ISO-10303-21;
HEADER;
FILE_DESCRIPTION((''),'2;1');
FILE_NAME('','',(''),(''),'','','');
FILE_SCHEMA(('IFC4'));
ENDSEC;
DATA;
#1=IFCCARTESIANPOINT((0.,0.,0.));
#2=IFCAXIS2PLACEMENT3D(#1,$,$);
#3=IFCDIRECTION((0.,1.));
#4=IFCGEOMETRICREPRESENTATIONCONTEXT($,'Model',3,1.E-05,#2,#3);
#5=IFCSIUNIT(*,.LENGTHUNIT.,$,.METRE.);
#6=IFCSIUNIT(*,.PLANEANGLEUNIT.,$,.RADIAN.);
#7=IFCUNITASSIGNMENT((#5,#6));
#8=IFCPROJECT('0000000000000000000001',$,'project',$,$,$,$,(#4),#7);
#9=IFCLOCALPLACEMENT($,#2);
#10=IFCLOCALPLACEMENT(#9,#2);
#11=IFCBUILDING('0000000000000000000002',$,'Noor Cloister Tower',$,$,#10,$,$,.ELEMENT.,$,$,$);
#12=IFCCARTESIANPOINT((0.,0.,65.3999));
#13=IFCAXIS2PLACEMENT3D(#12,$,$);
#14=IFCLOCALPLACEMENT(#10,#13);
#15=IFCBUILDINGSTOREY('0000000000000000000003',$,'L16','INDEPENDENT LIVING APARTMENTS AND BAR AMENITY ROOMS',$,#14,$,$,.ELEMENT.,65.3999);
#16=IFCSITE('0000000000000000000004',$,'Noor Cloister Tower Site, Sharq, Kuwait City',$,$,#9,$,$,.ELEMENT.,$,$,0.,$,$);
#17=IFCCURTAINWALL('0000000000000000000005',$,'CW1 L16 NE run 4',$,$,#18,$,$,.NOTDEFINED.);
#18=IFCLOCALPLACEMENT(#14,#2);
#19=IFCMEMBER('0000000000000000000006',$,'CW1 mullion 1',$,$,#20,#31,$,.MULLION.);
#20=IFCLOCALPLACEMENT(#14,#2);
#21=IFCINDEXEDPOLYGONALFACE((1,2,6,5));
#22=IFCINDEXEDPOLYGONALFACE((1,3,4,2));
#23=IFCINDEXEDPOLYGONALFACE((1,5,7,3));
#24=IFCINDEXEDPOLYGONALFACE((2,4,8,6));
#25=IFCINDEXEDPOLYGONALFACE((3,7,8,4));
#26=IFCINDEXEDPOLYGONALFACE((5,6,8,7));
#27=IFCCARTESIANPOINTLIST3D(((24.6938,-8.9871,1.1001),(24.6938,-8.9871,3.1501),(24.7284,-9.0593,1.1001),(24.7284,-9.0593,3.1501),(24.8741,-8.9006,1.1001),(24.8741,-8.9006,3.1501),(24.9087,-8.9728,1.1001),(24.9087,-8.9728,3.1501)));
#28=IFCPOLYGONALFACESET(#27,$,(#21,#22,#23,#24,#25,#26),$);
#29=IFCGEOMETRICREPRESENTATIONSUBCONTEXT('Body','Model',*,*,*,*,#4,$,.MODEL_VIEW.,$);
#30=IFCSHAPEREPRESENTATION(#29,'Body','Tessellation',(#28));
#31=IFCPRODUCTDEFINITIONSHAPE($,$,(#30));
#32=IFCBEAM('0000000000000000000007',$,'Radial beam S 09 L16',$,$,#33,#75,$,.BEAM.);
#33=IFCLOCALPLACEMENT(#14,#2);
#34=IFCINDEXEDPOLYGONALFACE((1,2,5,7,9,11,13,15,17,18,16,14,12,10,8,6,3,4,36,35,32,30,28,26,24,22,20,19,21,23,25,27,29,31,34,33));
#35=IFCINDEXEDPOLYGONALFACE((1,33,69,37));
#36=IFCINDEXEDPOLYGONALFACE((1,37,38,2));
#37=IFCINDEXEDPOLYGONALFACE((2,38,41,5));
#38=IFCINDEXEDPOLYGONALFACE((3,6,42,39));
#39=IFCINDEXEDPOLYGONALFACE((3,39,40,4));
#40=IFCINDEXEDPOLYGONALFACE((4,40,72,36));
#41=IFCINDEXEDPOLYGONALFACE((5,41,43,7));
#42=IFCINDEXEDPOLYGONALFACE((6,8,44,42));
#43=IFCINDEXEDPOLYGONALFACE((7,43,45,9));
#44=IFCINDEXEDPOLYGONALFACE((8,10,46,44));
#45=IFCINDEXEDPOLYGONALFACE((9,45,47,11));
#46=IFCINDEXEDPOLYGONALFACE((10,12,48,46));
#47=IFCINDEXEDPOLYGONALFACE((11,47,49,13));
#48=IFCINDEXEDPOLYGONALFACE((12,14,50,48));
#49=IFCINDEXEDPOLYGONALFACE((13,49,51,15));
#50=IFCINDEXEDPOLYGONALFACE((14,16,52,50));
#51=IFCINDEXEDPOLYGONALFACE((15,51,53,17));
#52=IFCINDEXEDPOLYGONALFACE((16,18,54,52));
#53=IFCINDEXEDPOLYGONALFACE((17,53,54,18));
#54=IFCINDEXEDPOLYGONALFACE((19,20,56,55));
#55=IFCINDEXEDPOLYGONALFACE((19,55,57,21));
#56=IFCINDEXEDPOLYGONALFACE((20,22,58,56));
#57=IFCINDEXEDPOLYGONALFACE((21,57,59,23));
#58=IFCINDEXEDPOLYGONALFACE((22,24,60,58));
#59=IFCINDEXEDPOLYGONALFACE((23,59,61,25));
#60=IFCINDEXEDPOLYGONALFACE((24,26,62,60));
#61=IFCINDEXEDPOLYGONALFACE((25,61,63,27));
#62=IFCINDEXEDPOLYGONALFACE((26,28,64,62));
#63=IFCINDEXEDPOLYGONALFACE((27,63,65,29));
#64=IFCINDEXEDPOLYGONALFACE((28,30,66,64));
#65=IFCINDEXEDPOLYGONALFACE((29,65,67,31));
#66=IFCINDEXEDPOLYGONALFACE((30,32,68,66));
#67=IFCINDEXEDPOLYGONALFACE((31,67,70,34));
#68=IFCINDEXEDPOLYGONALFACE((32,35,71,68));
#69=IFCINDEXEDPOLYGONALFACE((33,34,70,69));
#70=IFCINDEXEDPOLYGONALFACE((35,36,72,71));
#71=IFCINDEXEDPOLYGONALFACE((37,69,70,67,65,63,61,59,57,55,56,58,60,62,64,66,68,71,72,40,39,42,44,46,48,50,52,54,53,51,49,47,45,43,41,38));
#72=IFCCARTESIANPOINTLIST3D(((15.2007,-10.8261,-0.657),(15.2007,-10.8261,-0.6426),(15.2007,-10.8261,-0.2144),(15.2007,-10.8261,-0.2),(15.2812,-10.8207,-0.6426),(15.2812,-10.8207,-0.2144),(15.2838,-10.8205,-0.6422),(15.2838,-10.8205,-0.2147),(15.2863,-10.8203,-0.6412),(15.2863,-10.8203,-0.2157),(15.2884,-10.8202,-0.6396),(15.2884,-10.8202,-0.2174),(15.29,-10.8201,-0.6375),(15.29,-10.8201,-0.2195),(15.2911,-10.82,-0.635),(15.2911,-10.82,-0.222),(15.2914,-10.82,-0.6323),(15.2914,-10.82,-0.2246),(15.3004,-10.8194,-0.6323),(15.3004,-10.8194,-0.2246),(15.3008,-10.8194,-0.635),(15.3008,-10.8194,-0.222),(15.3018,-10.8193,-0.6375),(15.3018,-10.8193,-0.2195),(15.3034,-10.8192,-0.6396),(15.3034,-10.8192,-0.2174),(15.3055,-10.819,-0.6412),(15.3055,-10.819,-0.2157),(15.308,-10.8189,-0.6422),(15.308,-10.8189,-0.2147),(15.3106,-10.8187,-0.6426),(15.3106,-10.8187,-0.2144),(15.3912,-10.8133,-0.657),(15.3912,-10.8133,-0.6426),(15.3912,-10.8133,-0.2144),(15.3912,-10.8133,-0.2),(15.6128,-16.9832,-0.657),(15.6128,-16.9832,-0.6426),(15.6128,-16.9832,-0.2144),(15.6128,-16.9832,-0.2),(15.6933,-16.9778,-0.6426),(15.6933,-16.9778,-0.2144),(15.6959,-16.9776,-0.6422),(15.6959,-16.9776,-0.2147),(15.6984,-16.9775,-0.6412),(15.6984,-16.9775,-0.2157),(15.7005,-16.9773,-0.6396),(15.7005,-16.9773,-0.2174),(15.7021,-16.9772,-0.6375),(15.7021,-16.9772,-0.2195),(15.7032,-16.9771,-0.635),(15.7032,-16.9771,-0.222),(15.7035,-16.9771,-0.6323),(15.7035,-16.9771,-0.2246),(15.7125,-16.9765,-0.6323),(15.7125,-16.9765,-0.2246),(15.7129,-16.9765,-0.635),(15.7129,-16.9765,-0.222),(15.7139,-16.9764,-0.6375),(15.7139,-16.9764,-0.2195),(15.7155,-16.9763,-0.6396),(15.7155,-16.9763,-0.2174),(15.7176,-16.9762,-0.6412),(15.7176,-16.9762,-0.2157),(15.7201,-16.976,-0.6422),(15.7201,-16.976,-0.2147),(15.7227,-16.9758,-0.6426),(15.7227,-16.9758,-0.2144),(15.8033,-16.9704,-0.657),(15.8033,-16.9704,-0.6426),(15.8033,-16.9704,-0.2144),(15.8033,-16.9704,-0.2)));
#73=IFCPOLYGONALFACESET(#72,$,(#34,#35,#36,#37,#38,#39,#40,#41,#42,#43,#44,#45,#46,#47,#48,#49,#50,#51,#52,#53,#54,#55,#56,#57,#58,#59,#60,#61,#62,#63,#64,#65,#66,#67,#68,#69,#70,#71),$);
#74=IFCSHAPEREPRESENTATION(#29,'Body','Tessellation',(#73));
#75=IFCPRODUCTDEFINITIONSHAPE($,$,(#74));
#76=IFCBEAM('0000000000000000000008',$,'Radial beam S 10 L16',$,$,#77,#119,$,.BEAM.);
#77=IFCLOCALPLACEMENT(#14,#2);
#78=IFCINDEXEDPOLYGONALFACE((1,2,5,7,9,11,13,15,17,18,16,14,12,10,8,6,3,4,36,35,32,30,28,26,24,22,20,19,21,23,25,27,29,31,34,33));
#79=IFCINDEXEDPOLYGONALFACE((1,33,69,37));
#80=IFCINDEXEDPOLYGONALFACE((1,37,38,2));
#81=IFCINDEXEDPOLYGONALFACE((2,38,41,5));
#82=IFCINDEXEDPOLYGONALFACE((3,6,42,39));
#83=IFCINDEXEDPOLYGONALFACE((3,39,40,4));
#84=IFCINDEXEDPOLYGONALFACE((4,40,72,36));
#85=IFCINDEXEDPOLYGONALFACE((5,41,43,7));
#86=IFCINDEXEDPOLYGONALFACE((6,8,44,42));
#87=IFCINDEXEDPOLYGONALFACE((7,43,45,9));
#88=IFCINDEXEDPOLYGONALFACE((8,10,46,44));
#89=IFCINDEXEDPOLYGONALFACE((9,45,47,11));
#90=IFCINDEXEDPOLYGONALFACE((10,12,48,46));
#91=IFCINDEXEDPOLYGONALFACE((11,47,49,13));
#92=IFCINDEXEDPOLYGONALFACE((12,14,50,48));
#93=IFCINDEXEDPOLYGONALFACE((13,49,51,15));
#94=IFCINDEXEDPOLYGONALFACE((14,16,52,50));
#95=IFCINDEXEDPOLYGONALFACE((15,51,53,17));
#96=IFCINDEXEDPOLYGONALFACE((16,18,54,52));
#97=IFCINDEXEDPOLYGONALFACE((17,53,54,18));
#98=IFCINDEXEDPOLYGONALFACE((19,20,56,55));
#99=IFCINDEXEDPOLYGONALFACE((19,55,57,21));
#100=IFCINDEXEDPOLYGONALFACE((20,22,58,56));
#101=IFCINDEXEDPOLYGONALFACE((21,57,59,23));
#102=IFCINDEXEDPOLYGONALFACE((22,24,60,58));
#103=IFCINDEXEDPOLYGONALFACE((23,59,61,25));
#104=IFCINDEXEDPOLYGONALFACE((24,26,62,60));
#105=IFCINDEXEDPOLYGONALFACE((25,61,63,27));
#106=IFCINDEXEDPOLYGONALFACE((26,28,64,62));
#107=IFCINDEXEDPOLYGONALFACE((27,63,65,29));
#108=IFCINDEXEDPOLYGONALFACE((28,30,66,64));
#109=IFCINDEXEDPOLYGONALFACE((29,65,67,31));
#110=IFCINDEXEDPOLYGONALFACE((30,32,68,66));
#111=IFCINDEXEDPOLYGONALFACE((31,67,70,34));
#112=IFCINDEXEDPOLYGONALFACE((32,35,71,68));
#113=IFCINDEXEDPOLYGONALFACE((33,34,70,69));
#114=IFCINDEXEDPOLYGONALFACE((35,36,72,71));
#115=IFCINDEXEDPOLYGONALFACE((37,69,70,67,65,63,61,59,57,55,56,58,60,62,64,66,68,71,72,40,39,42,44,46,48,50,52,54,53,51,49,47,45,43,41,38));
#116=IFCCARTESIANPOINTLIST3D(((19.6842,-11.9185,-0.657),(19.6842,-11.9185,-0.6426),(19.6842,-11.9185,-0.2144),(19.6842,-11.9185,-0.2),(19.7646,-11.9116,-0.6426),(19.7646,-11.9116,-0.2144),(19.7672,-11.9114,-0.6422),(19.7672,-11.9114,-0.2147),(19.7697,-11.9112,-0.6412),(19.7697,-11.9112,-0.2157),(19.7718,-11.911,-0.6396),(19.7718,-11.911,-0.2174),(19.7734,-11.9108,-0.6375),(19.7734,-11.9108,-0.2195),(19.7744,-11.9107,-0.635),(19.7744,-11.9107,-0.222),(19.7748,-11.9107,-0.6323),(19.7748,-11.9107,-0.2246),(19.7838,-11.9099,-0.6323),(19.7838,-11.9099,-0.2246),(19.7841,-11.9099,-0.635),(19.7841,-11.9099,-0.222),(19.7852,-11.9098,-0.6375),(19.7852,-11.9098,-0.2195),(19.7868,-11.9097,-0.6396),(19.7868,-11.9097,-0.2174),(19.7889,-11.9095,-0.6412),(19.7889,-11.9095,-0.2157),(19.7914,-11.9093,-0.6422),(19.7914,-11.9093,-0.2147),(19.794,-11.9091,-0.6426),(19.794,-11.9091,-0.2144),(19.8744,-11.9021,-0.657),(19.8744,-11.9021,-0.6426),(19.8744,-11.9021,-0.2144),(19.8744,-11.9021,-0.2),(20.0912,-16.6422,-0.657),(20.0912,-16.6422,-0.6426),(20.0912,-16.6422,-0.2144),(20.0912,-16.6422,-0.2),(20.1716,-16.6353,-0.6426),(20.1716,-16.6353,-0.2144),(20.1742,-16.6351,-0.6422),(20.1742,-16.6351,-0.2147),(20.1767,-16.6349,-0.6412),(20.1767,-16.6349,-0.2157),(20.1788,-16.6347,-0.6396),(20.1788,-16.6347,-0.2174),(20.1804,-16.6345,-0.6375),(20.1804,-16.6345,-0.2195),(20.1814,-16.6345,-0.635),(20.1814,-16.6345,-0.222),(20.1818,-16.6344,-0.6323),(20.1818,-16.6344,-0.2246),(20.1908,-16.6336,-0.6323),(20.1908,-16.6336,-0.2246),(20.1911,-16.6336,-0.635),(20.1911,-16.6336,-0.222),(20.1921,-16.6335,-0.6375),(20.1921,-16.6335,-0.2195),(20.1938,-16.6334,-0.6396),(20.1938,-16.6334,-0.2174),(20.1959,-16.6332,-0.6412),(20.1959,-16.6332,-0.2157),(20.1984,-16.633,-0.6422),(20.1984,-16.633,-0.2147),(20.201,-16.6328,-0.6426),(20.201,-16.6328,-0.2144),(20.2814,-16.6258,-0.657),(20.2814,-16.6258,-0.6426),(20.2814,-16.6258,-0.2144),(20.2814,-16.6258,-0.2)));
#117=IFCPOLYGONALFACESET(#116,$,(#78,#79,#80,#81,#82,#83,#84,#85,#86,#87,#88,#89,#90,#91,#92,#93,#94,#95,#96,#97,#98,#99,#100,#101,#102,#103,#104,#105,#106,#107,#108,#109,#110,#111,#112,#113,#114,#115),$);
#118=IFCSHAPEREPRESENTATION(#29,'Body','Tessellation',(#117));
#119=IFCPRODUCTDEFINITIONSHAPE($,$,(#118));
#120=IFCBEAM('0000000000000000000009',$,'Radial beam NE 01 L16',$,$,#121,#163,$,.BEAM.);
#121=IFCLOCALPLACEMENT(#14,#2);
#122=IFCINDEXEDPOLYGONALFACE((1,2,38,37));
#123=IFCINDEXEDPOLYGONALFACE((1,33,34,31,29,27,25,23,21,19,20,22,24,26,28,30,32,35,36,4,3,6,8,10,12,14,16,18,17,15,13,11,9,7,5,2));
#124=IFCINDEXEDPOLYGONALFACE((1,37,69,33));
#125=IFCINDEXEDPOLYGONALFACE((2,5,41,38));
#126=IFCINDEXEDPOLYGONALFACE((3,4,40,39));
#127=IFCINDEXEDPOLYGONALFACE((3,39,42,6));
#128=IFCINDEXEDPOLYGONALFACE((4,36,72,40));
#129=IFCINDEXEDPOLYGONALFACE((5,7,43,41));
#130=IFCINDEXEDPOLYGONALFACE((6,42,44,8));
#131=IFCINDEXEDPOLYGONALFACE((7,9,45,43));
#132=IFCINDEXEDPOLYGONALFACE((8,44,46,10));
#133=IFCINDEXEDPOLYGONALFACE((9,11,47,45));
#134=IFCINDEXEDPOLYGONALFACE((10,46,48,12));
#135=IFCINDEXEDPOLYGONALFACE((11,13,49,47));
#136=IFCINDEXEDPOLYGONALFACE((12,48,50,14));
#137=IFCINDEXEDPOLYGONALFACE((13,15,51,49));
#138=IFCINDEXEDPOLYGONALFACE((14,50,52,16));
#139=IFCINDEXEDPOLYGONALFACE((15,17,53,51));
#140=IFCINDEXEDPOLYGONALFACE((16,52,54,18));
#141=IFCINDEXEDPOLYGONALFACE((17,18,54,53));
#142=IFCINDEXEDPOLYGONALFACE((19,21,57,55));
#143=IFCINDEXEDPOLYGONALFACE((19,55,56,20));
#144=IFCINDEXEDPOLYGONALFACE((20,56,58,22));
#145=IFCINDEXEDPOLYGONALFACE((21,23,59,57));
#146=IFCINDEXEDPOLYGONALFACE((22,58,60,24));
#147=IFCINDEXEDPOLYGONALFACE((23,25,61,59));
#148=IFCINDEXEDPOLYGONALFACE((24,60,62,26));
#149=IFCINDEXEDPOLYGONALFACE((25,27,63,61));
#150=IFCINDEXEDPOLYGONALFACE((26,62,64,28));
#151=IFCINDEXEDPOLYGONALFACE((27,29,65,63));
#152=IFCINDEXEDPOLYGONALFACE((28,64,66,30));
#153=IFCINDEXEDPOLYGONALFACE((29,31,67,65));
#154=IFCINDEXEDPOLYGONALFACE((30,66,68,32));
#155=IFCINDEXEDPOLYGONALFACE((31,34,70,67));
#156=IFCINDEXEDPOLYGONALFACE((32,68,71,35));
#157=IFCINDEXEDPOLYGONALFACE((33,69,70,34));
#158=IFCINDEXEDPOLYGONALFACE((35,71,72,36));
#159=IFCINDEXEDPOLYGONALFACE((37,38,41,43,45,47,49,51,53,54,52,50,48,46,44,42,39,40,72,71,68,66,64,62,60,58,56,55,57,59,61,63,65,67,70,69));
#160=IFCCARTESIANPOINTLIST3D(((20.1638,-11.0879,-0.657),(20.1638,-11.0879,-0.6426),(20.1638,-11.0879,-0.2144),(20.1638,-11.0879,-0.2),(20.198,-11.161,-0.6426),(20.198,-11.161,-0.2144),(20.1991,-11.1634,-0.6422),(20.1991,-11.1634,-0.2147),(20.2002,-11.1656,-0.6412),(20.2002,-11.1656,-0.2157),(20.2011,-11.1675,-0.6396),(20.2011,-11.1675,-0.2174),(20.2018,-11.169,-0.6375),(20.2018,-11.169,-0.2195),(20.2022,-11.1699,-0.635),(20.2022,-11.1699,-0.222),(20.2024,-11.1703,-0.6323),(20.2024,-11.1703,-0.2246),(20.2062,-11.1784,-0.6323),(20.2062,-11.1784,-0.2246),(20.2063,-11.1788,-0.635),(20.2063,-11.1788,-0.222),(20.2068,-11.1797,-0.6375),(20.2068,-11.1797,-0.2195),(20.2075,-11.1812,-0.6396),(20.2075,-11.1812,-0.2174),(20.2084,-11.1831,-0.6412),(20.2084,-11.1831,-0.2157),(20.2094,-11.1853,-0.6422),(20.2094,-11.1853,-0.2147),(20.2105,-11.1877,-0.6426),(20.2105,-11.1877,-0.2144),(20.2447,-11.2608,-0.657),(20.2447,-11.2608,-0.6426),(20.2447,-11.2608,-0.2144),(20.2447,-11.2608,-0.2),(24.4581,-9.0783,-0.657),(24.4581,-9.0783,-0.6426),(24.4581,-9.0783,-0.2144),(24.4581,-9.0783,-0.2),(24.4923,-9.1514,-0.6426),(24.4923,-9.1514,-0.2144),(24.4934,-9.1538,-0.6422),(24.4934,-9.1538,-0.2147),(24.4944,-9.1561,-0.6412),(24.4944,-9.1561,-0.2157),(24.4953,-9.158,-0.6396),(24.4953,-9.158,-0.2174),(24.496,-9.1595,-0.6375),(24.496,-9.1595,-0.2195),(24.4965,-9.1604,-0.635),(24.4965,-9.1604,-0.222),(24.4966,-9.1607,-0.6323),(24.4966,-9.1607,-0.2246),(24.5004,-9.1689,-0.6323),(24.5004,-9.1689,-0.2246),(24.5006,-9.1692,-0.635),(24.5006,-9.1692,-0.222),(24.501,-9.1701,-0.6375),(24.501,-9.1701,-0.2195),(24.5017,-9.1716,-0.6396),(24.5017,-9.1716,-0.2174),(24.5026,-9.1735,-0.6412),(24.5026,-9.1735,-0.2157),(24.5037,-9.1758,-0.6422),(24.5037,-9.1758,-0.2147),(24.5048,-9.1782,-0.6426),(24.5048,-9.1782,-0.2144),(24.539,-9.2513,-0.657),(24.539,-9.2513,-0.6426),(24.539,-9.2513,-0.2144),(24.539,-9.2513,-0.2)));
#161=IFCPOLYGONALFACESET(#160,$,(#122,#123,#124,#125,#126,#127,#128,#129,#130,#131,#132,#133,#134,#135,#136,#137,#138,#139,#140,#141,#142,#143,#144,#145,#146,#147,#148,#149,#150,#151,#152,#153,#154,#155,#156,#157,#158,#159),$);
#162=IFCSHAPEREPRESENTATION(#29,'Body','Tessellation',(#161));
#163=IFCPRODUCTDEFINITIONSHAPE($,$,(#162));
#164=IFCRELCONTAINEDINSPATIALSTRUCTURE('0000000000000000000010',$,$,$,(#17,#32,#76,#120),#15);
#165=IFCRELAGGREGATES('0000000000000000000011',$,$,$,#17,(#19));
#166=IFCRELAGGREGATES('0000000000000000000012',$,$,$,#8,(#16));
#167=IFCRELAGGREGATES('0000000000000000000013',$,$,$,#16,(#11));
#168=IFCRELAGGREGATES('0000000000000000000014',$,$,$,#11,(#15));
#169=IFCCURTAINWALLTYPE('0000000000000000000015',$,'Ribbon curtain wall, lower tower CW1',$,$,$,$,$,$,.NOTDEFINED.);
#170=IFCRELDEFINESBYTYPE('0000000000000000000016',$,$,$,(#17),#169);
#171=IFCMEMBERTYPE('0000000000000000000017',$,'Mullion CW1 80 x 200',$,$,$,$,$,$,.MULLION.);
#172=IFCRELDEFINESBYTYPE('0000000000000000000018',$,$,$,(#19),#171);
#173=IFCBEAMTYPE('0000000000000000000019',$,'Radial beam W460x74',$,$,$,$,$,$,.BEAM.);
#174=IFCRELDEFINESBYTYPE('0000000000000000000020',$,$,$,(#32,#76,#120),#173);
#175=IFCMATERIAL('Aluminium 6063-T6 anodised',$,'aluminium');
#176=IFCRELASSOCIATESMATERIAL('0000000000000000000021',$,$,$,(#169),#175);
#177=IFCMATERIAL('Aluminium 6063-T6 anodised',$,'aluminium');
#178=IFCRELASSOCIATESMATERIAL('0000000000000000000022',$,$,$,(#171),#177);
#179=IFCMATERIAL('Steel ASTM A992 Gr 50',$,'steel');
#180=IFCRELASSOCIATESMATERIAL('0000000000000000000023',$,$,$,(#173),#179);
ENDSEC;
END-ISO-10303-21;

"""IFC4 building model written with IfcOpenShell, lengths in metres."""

from ifc_helpers import new_model, si_unit, direction, frame, origin, origin_2d, place, context, subcontext, project, spatial, rectangle, i_section, extrude, material, material_profile, profile_set, type_object, element, aggregate, save


model = new_model("IFC4")

# Units and contexts
model_context = context("Model", 3, precision=1e-05, world=origin(), true_north=direction((0.0, 1.0)))
body_context = subcontext(model_context, "Body", "Model", "MODEL_VIEW")
ifc_project = project(units=[si_unit("LENGTHUNIT", "METRE"), si_unit("PLANEANGLEUNIT", "RADIAN")], contexts=[model_context])

# Site, building, storey
site_placement = place(None, origin())
site = spatial("IfcSite", under=ifc_project, at=site_placement, Name="Noor Cloister Tower Site, Sharq, Kuwait City", CompositionType="ELEMENT", RefElevation=0.0)
building_placement = place(site_placement, origin())
building = spatial("IfcBuilding", under=site, at=building_placement, Name="Noor Cloister Tower", CompositionType="ELEMENT")
storey_placement = place(building_placement, frame((0.0, 0.0, 65.3999)))
storey = spatial("IfcBuildingStorey", under=building, at=storey_placement, Name="L16", Description="INDEPENDENT LIVING APARTMENTS AND BAR AMENITY ROOMS", CompositionType="ELEMENT", Elevation=65.3999)

# Shared definitions
ifc_material_1 = material(Name="Aluminium 6063-T6 anodised", Category="aluminium")
curtain_wall_type = type_object("IfcCurtainWallType", Name="Ribbon curtain wall, lower tower CW1", PredefinedType="NOTDEFINED", material=ifc_material_1)
ifc_material_2 = material(Name="Aluminium 6063-T6 anodised", Category="aluminium")
ifc_material_profile_1 = material_profile(ifc_material_2, rectangle(XDim=0.2, YDim=0.0801, at=origin_2d()), Name="200 x 80 mullion")
ifc_profile_set_1 = profile_set([ifc_material_profile_1], Name="Aluminium 6063-T6 anodised")
member_type = type_object("IfcMemberType", Name="Mullion CW1 80 x 200", PredefinedType="MULLION", material=ifc_profile_set_1)

# Curtain wall, member
curtain_wall_1_placement = place(storey_placement, origin())
curtain_wall_1 = element("IfcCurtainWall", 1, at=curtain_wall_1_placement, inside=storey, type_object=curtain_wall_type, Name="CW1 L16 NE run 4", PredefinedType="NOTDEFINED")
member_1_placement = place(storey_placement, frame((24.8013, -8.98, 1.1001), z_axis=(0.0, 0.0, 1.0), x_axis=(-0.901656, -0.432455, 0.0)))
member_1 = element("IfcMember", 2, at=member_1_placement, type_object=member_type, Name="CW1 mullion 1", PredefinedType="MULLION", context=body_context, shape_type="SweptSolid", body=[
    extrude(rectangle(XDim=0.2, YDim=0.0801, at=origin_2d()), origin(), (0.0, 0.0, 1.0), 2.05),
])

# Beams
ifc_material_3 = material(Name="Steel ASTM A992 Gr 50", Category="steel")
ifc_material_profile_2 = material_profile(ifc_material_3, i_section(OverallWidth=0.1909, OverallDepth=0.457, WebThickness=0.009, FlangeThickness=0.0144, FilletRadius=0.0103, at=origin_2d()), Name="W460x74")
ifc_profile_set_2 = profile_set([ifc_material_profile_2], Name="Steel ASTM A992 Gr 50")
beam_type_1 = type_object("IfcBeamType", Name="Radial beam W460x74", PredefinedType="BEAM", material=ifc_profile_set_2)
beam_1_placement = place(storey_placement, frame((15.708, -16.9768, -0.4285), z_axis=(-0.066782, 0.997768, 0.0), x_axis=(-0.997768, -0.066782, 0.0)))
element("IfcBeam", 3, at=beam_1_placement, inside=storey, type_object=beam_type_1, Name="Radial beam S 09 L16", PredefinedType="BEAM", context=body_context, shape_type="SweptSolid", body=[
    extrude(i_section(OverallWidth=0.1909, OverallDepth=0.457, WebThickness=0.009, FlangeThickness=0.0144, FilletRadius=0.0103, at=origin_2d()), origin(), (0.0, 0.0, 1.0), 6.1709),
])
for number, where, z_axis, x_axis, name in (
    (4, (20.1863, -16.634, -0.4285), (-0.085841, 0.996309, 0.0), (-0.996309, -0.085841, 0.0), "Radial beam S 10 L16"),
    (5, (24.4985, -9.1648, -0.4285), (-0.905733, -0.423849, 0.0), (0.423849, -0.905733, 0.0), "Radial beam NE 01 L16"),
):
    element("IfcBeam", number, at=place(storey_placement, frame(where, z_axis=z_axis, x_axis=x_axis)), inside=storey, type_object=beam_type_1, Name=name, PredefinedType="BEAM", context=body_context, shape_type="SweptSolid", body=[
        extrude(i_section(OverallWidth=0.1909, OverallDepth=0.457, WebThickness=0.009, FlangeThickness=0.0144, FilletRadius=0.0103, at=origin_2d()), origin(), (0.0, 0.0, 1.0), 4.7412),
    ])

aggregate(curtain_wall_1, [member_1])

save(model, "model.ifc")
